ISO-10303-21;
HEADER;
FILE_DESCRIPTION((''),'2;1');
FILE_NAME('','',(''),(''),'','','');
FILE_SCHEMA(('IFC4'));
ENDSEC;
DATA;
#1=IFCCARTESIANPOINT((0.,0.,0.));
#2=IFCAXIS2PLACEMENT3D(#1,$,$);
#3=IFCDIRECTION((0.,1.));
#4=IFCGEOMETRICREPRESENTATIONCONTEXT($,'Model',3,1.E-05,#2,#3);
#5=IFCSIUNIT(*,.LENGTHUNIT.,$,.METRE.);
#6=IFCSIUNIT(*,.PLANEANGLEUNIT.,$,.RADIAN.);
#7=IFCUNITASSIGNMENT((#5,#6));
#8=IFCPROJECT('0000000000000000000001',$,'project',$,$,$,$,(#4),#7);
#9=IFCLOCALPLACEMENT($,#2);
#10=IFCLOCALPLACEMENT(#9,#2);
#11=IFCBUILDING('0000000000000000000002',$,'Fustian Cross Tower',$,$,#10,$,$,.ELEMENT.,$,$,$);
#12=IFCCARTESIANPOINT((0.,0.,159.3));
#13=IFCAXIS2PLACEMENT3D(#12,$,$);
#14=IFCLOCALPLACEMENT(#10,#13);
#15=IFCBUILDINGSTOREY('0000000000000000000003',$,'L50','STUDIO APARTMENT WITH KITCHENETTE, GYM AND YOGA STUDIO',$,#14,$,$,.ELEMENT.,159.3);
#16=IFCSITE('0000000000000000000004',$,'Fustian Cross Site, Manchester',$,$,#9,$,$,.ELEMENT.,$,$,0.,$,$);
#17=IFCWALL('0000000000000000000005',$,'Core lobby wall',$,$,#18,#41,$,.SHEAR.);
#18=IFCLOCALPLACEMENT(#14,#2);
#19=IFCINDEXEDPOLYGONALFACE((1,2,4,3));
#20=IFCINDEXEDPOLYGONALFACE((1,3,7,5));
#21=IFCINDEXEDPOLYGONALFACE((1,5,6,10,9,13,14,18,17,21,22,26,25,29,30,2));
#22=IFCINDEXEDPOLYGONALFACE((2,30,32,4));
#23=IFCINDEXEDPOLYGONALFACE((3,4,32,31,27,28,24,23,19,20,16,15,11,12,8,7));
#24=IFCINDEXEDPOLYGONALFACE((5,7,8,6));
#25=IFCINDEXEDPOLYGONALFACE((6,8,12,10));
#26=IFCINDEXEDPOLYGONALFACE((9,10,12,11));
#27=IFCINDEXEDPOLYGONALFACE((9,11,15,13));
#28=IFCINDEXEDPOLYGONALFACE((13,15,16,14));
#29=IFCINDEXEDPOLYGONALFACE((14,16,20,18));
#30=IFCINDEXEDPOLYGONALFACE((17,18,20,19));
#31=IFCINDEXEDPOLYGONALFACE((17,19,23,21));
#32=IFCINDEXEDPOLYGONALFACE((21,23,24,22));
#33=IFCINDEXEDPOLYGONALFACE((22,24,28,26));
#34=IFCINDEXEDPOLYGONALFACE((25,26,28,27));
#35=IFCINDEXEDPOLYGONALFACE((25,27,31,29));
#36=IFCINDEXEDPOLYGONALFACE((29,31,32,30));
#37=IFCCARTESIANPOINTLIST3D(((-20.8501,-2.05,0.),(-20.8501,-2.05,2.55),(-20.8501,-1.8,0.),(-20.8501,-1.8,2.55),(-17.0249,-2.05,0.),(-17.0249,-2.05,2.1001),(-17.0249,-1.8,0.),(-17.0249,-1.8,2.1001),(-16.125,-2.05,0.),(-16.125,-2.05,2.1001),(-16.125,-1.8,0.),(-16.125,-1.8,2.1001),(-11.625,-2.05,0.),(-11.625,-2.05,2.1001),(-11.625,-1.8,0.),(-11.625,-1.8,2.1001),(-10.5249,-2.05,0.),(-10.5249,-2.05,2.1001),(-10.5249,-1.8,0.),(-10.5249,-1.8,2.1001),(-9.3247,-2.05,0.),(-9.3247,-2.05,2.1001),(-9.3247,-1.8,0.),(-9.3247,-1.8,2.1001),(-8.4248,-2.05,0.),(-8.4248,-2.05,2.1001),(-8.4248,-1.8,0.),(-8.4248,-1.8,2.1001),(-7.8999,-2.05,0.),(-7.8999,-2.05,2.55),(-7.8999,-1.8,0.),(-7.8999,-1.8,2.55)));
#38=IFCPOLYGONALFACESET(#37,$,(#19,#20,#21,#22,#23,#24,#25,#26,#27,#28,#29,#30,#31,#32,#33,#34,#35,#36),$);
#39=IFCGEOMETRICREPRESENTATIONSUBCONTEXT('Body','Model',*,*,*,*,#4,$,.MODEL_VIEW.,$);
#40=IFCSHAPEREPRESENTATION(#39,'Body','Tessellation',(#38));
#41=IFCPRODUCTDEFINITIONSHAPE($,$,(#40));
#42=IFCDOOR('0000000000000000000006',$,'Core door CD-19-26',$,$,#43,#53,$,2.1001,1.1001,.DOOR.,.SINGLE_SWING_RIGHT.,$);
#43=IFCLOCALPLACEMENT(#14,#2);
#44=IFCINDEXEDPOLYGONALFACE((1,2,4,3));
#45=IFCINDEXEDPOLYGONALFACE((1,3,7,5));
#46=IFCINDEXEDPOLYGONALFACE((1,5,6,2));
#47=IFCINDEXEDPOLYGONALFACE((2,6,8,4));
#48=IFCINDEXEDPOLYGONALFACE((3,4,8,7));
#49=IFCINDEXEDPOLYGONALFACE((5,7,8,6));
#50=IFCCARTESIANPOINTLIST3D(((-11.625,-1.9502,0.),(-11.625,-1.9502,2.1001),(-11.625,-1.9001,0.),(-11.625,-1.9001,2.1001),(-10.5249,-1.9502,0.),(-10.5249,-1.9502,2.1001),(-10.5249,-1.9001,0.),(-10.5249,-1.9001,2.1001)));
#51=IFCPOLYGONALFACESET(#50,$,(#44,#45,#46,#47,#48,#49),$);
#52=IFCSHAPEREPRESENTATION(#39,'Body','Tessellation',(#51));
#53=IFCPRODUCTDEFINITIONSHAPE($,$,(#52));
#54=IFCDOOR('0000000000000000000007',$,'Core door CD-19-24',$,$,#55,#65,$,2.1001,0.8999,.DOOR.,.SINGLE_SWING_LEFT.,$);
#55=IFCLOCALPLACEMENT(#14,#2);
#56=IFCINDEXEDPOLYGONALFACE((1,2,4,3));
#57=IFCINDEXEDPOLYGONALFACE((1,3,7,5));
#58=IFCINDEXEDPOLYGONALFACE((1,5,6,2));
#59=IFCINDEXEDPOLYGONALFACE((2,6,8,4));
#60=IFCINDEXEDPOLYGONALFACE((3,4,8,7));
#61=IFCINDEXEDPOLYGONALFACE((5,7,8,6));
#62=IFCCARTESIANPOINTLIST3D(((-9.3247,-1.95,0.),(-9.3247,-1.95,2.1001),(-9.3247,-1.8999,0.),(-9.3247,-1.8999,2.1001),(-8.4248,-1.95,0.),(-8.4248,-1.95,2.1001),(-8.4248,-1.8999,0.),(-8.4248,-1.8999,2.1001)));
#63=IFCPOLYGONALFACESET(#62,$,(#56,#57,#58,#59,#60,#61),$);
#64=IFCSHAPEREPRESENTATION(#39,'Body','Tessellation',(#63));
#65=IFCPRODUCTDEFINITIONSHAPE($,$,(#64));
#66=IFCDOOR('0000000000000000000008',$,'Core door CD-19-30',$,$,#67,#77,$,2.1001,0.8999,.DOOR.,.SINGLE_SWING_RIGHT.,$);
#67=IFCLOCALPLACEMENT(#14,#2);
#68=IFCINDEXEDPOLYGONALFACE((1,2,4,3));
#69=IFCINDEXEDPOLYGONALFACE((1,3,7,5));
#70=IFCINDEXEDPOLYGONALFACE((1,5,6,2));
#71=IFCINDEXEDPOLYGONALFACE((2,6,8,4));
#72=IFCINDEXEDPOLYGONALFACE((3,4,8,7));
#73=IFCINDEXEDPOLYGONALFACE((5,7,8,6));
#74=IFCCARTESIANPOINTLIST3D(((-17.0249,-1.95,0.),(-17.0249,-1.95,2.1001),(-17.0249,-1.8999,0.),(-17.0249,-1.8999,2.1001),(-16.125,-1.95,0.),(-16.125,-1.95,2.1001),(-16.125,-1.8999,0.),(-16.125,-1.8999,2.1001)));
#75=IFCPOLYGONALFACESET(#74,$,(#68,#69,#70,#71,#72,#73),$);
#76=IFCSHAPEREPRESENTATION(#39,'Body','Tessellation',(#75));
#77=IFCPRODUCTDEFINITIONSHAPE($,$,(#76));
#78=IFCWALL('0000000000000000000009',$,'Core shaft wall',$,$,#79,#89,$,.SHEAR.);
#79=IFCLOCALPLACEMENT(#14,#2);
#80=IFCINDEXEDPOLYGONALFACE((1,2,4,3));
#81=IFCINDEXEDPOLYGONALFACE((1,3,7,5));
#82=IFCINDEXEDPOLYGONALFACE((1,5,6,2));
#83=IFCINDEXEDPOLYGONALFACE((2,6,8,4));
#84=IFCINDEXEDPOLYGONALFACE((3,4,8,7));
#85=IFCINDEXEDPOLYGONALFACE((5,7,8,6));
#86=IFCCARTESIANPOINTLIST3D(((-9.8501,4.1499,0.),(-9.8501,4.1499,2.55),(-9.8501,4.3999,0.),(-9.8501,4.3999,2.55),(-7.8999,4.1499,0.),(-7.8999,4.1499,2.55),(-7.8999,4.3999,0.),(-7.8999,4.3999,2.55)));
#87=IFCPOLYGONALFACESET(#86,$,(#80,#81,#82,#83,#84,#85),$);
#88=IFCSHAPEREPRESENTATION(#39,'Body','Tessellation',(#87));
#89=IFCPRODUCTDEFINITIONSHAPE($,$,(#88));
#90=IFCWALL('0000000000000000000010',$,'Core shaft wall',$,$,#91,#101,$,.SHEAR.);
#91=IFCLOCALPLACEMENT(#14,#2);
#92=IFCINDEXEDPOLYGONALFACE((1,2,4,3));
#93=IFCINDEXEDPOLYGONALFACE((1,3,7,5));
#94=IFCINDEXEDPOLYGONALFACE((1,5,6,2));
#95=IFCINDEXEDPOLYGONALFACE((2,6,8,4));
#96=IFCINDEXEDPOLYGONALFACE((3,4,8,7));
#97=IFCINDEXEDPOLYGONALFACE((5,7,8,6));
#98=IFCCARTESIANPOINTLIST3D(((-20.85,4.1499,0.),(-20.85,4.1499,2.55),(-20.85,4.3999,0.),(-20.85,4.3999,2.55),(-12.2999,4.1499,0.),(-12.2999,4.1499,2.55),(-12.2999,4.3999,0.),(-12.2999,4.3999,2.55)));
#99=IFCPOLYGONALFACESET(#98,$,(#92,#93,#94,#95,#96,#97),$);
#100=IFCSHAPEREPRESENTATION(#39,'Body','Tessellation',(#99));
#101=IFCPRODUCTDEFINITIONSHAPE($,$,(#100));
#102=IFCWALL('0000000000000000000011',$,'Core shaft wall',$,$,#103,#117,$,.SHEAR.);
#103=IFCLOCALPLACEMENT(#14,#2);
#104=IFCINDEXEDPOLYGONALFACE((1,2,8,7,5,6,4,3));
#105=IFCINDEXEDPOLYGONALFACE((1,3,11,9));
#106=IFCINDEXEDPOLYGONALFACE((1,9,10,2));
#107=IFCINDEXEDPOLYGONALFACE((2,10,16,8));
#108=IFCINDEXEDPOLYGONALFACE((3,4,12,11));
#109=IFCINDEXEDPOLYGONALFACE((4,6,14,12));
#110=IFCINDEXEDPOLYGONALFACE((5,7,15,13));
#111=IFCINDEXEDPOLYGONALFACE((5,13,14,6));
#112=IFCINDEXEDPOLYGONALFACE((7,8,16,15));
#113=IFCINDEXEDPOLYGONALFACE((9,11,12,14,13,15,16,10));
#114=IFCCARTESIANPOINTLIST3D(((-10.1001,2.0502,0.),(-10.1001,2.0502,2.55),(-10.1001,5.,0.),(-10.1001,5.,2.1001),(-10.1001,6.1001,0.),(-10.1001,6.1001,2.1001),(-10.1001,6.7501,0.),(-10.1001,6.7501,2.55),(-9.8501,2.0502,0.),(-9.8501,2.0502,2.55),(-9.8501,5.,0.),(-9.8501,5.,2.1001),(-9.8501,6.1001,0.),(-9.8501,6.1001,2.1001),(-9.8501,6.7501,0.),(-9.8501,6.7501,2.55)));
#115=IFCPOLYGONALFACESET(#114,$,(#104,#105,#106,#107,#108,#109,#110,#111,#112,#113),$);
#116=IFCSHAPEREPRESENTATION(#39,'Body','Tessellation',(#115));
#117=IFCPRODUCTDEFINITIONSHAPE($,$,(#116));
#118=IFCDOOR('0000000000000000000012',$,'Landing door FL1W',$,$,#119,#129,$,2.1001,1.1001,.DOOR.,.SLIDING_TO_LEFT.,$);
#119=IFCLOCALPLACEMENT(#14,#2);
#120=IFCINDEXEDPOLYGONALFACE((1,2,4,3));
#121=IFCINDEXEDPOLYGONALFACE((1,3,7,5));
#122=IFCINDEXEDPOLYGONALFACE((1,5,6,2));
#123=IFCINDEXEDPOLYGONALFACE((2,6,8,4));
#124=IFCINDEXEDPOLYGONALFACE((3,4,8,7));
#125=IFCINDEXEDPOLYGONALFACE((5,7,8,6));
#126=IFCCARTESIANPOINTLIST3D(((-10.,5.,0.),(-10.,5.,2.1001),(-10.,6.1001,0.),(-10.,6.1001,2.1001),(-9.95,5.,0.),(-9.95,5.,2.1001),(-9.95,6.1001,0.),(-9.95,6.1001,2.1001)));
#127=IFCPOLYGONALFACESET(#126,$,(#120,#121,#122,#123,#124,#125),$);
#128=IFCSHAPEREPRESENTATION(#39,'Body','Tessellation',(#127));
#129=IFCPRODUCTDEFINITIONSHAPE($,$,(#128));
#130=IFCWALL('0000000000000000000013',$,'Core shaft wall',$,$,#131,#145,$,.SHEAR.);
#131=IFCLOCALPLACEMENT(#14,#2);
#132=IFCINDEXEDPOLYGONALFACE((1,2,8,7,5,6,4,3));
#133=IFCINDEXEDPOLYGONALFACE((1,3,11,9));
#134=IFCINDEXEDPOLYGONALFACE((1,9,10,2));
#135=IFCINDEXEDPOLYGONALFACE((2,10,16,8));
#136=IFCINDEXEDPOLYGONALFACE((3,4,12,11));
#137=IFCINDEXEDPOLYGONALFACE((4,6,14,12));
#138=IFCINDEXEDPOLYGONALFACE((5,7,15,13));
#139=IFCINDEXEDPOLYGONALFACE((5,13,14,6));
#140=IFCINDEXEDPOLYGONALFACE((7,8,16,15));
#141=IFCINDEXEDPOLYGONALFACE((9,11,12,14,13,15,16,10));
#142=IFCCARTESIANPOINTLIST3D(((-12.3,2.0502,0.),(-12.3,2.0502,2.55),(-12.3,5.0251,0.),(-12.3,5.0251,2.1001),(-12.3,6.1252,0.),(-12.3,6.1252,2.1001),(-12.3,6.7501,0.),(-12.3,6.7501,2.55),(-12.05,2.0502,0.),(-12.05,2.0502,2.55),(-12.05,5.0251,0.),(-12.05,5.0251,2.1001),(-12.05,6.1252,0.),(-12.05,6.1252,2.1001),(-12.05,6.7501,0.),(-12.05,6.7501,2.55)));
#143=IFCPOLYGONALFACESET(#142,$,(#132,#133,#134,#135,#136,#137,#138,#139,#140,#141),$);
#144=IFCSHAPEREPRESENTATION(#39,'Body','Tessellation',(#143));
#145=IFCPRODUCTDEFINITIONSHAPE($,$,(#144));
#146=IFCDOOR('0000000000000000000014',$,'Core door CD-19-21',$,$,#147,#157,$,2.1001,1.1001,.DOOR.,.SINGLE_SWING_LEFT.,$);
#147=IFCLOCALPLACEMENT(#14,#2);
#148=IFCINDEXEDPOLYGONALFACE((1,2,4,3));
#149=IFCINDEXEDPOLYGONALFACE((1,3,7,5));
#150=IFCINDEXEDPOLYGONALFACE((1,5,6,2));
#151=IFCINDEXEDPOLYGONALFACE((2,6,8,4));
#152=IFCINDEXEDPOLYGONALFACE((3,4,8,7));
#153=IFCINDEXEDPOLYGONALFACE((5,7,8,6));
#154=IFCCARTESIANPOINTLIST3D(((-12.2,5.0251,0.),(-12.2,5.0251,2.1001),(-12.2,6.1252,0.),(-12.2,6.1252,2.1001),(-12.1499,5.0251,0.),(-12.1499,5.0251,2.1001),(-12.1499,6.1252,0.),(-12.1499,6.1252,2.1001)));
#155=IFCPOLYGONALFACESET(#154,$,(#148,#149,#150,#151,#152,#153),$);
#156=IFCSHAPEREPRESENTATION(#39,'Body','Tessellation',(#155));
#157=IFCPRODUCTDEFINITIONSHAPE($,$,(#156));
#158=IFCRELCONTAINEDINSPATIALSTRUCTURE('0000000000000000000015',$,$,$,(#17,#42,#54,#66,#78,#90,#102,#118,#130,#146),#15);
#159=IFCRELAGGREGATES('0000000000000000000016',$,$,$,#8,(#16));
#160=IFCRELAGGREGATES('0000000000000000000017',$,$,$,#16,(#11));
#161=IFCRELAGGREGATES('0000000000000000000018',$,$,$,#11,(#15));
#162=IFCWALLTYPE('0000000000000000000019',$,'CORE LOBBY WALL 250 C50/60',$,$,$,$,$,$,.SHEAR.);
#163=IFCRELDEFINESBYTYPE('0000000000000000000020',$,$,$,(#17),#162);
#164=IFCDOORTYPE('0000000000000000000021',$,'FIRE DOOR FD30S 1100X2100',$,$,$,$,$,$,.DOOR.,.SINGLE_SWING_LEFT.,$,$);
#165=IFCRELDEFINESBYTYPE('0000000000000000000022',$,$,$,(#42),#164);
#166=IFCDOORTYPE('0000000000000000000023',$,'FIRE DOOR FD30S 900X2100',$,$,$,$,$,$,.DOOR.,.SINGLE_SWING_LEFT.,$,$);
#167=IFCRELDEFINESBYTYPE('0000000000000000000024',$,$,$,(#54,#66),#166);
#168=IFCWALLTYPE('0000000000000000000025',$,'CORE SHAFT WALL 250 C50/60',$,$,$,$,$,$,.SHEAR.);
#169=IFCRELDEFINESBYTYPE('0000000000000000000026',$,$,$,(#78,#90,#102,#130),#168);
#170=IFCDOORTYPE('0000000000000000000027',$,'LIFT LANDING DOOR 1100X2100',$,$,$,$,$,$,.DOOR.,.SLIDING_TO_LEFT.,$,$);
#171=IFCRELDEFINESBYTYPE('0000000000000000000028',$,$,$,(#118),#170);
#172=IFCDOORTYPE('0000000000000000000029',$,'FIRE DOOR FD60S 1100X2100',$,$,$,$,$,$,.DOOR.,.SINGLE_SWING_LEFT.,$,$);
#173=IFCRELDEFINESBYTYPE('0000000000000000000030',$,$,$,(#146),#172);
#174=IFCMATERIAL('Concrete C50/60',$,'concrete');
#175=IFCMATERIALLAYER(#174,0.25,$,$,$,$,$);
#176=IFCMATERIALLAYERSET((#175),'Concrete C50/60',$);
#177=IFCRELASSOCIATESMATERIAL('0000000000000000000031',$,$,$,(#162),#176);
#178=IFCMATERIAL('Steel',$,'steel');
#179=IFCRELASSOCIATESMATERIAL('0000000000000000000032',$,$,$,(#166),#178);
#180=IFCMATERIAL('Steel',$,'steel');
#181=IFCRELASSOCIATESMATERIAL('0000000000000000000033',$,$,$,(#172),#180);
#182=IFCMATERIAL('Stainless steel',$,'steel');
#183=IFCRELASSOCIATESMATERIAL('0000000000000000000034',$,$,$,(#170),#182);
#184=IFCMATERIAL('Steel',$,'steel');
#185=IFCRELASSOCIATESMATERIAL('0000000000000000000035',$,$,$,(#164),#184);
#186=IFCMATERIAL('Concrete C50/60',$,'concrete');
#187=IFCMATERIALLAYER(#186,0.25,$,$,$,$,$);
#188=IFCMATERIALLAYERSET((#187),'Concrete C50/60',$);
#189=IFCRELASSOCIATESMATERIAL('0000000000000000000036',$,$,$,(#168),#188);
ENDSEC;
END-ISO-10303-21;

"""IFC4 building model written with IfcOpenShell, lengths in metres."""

from ifc_helpers import new_model, si_unit, direction, frame, frame_2d, origin, place, context, subcontext, project, spatial, rectangle, extrude, material, layer, layer_set, type_object, element, fill, save


model = new_model("IFC4")

# Units and contexts
model_context = context("Model", 3, precision=1e-05, world=origin(), true_north=direction((0.0, 1.0)))
body_context = subcontext(model_context, "Body", "Model", "MODEL_VIEW")
ifc_project = project(units=[si_unit("LENGTHUNIT", "METRE"), si_unit("PLANEANGLEUNIT", "RADIAN")], contexts=[model_context])

# Site, building, storey
site_placement = place(None, origin())
site = spatial("IfcSite", under=ifc_project, at=site_placement, Name="Fustian Cross Site, Manchester", CompositionType="ELEMENT", RefElevation=0.0)
building_placement = place(site_placement, origin())
building = spatial("IfcBuilding", under=site, at=building_placement, Name="Fustian Cross Tower", CompositionType="ELEMENT")
storey_placement = place(building_placement, frame((0.0, 0.0, 159.3)))
storey = spatial("IfcBuildingStorey", under=building, at=storey_placement, Name="L50", Description="STUDIO APARTMENT WITH KITCHENETTE, GYM AND YOGA STUDIO", CompositionType="ELEMENT", Elevation=159.3)

# Wall, openings, doors
ifc_material_1 = material(Name="Concrete C50/60", Category="concrete")
ifc_layer_1 = layer(ifc_material_1, 0.25)
ifc_layer_set_1 = layer_set([ifc_layer_1], Name="Concrete C50/60")
wall_type_1 = type_object("IfcWallType", Name="CORE LOBBY WALL 250 C50/60", PredefinedType="SHEAR", material=ifc_layer_set_1)
ifc_material_2 = material(Name="Steel", Category="steel")
door_type_1 = type_object("IfcDoorType", Name="FIRE DOOR FD30S 900X2100", OperationType="SINGLE_SWING_LEFT", PredefinedType="DOOR", material=ifc_material_2)
ifc_material_3 = material(Name="Steel", Category="steel")
door_type_2 = type_object("IfcDoorType", Name="FIRE DOOR FD60S 1100X2100", OperationType="SINGLE_SWING_LEFT", PredefinedType="DOOR", material=ifc_material_3)
ifc_material_4 = material(Name="Stainless steel", Category="steel")
door_type_3 = type_object("IfcDoorType", Name="LIFT LANDING DOOR 1100X2100", OperationType="SLIDING_TO_LEFT", PredefinedType="DOOR", material=ifc_material_4)
wall_1_placement = place(storey_placement, frame((-7.8999, -1.925, 0.0), z_axis=(0.0, 0.0, 1.0), x_axis=(-1.0, 0.0, 0.0)))
wall_1 = element("IfcWall", 1, at=wall_1_placement, inside=storey, type_object=wall_type_1, Name="Core lobby wall", PredefinedType="SHEAR", context=body_context, shape_type="SweptSolid", body=[
    extrude(rectangle(XDim=12.9502, YDim=0.25, at=frame_2d((6.4751, 0.0))), origin(), (0.0, 0.0, 1.0), 2.55),
])
opening_1_placement = place(wall_1_placement, frame((0.5249, 0.0, 0.0)))
opening_1 = element("IfcOpeningElement", 2, at=opening_1_placement, cuts=wall_1, PredefinedType="OPENING", context=body_context, shape_type="SweptSolid", body=[
    extrude(rectangle(XDim=0.8999, YDim=2.1001, at=frame_2d((0.45, 1.05))), frame((0.0, 0.135, 0.0), z_axis=(0.0, -1.0, 0.0), x_axis=(1.0, 0.0, 0.0)), (0.0, 0.0, 1.0), 0.27),
])
opening_2_placement = place(wall_1_placement, frame((2.625, 0.0, 0.0)))
opening_2 = element("IfcOpeningElement", 3, at=opening_2_placement, cuts=wall_1, PredefinedType="OPENING", context=body_context, shape_type="SweptSolid", body=[
    extrude(rectangle(XDim=1.1001, YDim=2.1001, at=frame_2d((0.55, 1.05))), frame((0.0, 0.135, 0.0), z_axis=(0.0, -1.0, 0.0), x_axis=(1.0, 0.0, 0.0)), (0.0, 0.0, 1.0), 0.27),
])
opening_3_placement = place(wall_1_placement, frame((8.2251, 0.0, 0.0)))
opening_3 = element("IfcOpeningElement", 4, at=opening_3_placement, cuts=wall_1, PredefinedType="OPENING", context=body_context, shape_type="SweptSolid", body=[
    extrude(rectangle(XDim=0.8999, YDim=2.1001, at=frame_2d((0.45, 1.05))), frame((0.0, 0.135, 0.0), z_axis=(0.0, -1.0, 0.0), x_axis=(1.0, 0.0, 0.0)), (0.0, 0.0, 1.0), 0.27),
])
ifc_material_5 = material(Name="Steel", Category="steel")
door_type_4 = type_object("IfcDoorType", Name="FIRE DOOR FD30S 1100X2100", OperationType="SINGLE_SWING_LEFT", PredefinedType="DOOR", material=ifc_material_5)
door_1_placement = place(opening_2_placement, frame((1.1001, 0.0, 0.0), z_axis=(0.0, 0.0, 1.0), x_axis=(-1.0, 0.0, 0.0)))
door_1 = element("IfcDoor", 5, at=door_1_placement, inside=storey, type_object=door_type_4, Name="Core door CD-19-26", OperationType="SINGLE_SWING_RIGHT", OverallHeight=2.1001, OverallWidth=1.1001, PredefinedType="DOOR", context=body_context, shape_type="SweptSolid", body=[
    extrude(rectangle(XDim=1.1001, YDim=2.1001, at=frame_2d((0.55, 1.05))), frame((0.0, 0.0249, 0.0), z_axis=(0.0, -1.0, 0.0), x_axis=(1.0, 0.0, 0.0)), (0.0, 0.0, 1.0), 0.05),
])
fill(opening_2, door_1)
door_2_placement = place(opening_1_placement, origin())
door_2 = element("IfcDoor", 6, at=door_2_placement, inside=storey, type_object=door_type_1, Name="Core door CD-19-24", OperationType="SINGLE_SWING_LEFT", OverallHeight=2.1001, OverallWidth=0.8999, PredefinedType="DOOR", context=body_context, shape_type="SweptSolid", body=[
    extrude(rectangle(XDim=0.8999, YDim=2.1001, at=frame_2d((0.45, 1.05))), frame((0.0, 0.0249, 0.0), z_axis=(0.0, -1.0, 0.0), x_axis=(1.0, 0.0, 0.0)), (0.0, 0.0, 1.0), 0.05),
])
fill(opening_1, door_2)
door_3_placement = place(opening_3_placement, origin())
door_3 = element("IfcDoor", 7, at=door_3_placement, inside=storey, type_object=door_type_1, Name="Core door CD-19-30", OperationType="SINGLE_SWING_RIGHT", OverallHeight=2.1001, OverallWidth=0.8999, PredefinedType="DOOR", context=body_context, shape_type="SweptSolid", body=[
    extrude(rectangle(XDim=0.8999, YDim=2.1001, at=frame_2d((0.45, 1.05))), frame((0.0, 0.0249, 0.0), z_axis=(0.0, -1.0, 0.0), x_axis=(1.0, 0.0, 0.0)), (0.0, 0.0, 1.0), 0.05),
])
fill(opening_3, door_3)

# Walls
ifc_material_6 = material(Name="Concrete C50/60", Category="concrete")
ifc_layer_2 = layer(ifc_material_6, 0.25)
ifc_layer_set_2 = layer_set([ifc_layer_2], Name="Concrete C50/60")
wall_type_2 = type_object("IfcWallType", Name="CORE SHAFT WALL 250 C50/60", PredefinedType="SHEAR", material=ifc_layer_set_2)
wall_2_placement = place(storey_placement, frame((-7.8999, 4.2749, 0.0), z_axis=(0.0, 0.0, 1.0), x_axis=(-1.0, 0.0, 0.0)))
element("IfcWall", 8, at=wall_2_placement, inside=storey, type_object=wall_type_2, Name="Core shaft wall", PredefinedType="SHEAR", context=body_context, shape_type="SweptSolid", body=[
    extrude(rectangle(XDim=1.9502, YDim=0.25, at=frame_2d((0.9751, 0.0))), origin(), (0.0, 0.0, 1.0), 2.55),
])
wall_3_placement = place(storey_placement, frame((-12.3, 4.2749, 0.0), z_axis=(0.0, 0.0, 1.0), x_axis=(-1.0, 0.0, 0.0)))
element("IfcWall", 9, at=wall_3_placement, inside=storey, type_object=wall_type_2, Name="Core shaft wall", PredefinedType="SHEAR", context=body_context, shape_type="SweptSolid", body=[
    extrude(rectangle(XDim=8.55, YDim=0.25, at=frame_2d((4.2749, 0.0))), origin(), (0.0, 0.0, 1.0), 2.55),
])

# Walls, openings, doors
wall_4_placement = place(storey_placement, frame((-9.9751, 2.05, 0.0), z_axis=(0.0, 0.0, 1.0), x_axis=(0.0, 1.0, 0.0)))
wall_4 = element("IfcWall", 10, at=wall_4_placement, inside=storey, type_object=wall_type_2, Name="Core shaft wall", PredefinedType="SHEAR", context=body_context, shape_type="SweptSolid", body=[
    extrude(rectangle(XDim=4.7, YDim=0.25, at=frame_2d((2.3501, 0.0))), origin(), (0.0, 0.0, 1.0), 2.55),
])
opening_4_placement = place(wall_4_placement, frame((2.95, 0.0, 0.0)))
opening_4 = element("IfcOpeningElement", 11, at=opening_4_placement, cuts=wall_4, PredefinedType="OPENING", context=body_context, shape_type="SweptSolid", body=[
    extrude(rectangle(XDim=1.1001, YDim=2.1001, at=frame_2d((0.55, 1.05))), frame((0.0, 0.135, 0.0), z_axis=(0.0, -1.0, 0.0), x_axis=(1.0, 0.0, 0.0)), (0.0, 0.0, 1.0), 0.27),
])
door_4_placement = place(opening_4_placement, origin())
door_4 = element("IfcDoor", 12, at=door_4_placement, inside=storey, type_object=door_type_3, Name="Landing door FL1W", OperationType="SLIDING_TO_LEFT", OverallHeight=2.1001, OverallWidth=1.1001, PredefinedType="DOOR", context=body_context, shape_type="SweptSolid", body=[
    extrude(rectangle(XDim=1.1001, YDim=2.1001, at=frame_2d((0.55, 1.05))), frame((0.0, 0.0249, 0.0), z_axis=(0.0, -1.0, 0.0), x_axis=(1.0, 0.0, 0.0)), (0.0, 0.0, 1.0), 0.05),
])
fill(opening_4, door_4)
wall_5_placement = place(storey_placement, frame((-12.175, 2.05, 0.0), z_axis=(0.0, 0.0, 1.0), x_axis=(0.0, 1.0, 0.0)))
wall_5 = element("IfcWall", 13, at=wall_5_placement, inside=storey, type_object=wall_type_2, Name="Core shaft wall", PredefinedType="SHEAR", context=body_context, shape_type="SweptSolid", body=[
    extrude(rectangle(XDim=4.7, YDim=0.25, at=frame_2d((2.3501, 0.0))), origin(), (0.0, 0.0, 1.0), 2.55),
])
opening_5_placement = place(wall_5_placement, frame((2.9751, 0.0, 0.0)))
opening_5 = element("IfcOpeningElement", 14, at=opening_5_placement, cuts=wall_5, PredefinedType="OPENING", context=body_context, shape_type="SweptSolid", body=[
    extrude(rectangle(XDim=1.1001, YDim=2.1001, at=frame_2d((0.55, 1.05))), frame((0.0, 0.135, 0.0), z_axis=(0.0, -1.0, 0.0), x_axis=(1.0, 0.0, 0.0)), (0.0, 0.0, 1.0), 0.27),
])
door_5_placement = place(opening_5_placement, origin())
door_5 = element("IfcDoor", 15, at=door_5_placement, inside=storey, type_object=door_type_2, Name="Core door CD-19-21", OperationType="SINGLE_SWING_LEFT", OverallHeight=2.1001, OverallWidth=1.1001, PredefinedType="DOOR", context=body_context, shape_type="SweptSolid", body=[
    extrude(rectangle(XDim=1.1001, YDim=2.1001, at=frame_2d((0.55, 1.05))), frame((0.0, 0.0249, 0.0), z_axis=(0.0, -1.0, 0.0), x_axis=(1.0, 0.0, 0.0)), (0.0, 0.0, 1.0), 0.05),
])
fill(opening_5, door_5)

save(model, "model.ifc")
